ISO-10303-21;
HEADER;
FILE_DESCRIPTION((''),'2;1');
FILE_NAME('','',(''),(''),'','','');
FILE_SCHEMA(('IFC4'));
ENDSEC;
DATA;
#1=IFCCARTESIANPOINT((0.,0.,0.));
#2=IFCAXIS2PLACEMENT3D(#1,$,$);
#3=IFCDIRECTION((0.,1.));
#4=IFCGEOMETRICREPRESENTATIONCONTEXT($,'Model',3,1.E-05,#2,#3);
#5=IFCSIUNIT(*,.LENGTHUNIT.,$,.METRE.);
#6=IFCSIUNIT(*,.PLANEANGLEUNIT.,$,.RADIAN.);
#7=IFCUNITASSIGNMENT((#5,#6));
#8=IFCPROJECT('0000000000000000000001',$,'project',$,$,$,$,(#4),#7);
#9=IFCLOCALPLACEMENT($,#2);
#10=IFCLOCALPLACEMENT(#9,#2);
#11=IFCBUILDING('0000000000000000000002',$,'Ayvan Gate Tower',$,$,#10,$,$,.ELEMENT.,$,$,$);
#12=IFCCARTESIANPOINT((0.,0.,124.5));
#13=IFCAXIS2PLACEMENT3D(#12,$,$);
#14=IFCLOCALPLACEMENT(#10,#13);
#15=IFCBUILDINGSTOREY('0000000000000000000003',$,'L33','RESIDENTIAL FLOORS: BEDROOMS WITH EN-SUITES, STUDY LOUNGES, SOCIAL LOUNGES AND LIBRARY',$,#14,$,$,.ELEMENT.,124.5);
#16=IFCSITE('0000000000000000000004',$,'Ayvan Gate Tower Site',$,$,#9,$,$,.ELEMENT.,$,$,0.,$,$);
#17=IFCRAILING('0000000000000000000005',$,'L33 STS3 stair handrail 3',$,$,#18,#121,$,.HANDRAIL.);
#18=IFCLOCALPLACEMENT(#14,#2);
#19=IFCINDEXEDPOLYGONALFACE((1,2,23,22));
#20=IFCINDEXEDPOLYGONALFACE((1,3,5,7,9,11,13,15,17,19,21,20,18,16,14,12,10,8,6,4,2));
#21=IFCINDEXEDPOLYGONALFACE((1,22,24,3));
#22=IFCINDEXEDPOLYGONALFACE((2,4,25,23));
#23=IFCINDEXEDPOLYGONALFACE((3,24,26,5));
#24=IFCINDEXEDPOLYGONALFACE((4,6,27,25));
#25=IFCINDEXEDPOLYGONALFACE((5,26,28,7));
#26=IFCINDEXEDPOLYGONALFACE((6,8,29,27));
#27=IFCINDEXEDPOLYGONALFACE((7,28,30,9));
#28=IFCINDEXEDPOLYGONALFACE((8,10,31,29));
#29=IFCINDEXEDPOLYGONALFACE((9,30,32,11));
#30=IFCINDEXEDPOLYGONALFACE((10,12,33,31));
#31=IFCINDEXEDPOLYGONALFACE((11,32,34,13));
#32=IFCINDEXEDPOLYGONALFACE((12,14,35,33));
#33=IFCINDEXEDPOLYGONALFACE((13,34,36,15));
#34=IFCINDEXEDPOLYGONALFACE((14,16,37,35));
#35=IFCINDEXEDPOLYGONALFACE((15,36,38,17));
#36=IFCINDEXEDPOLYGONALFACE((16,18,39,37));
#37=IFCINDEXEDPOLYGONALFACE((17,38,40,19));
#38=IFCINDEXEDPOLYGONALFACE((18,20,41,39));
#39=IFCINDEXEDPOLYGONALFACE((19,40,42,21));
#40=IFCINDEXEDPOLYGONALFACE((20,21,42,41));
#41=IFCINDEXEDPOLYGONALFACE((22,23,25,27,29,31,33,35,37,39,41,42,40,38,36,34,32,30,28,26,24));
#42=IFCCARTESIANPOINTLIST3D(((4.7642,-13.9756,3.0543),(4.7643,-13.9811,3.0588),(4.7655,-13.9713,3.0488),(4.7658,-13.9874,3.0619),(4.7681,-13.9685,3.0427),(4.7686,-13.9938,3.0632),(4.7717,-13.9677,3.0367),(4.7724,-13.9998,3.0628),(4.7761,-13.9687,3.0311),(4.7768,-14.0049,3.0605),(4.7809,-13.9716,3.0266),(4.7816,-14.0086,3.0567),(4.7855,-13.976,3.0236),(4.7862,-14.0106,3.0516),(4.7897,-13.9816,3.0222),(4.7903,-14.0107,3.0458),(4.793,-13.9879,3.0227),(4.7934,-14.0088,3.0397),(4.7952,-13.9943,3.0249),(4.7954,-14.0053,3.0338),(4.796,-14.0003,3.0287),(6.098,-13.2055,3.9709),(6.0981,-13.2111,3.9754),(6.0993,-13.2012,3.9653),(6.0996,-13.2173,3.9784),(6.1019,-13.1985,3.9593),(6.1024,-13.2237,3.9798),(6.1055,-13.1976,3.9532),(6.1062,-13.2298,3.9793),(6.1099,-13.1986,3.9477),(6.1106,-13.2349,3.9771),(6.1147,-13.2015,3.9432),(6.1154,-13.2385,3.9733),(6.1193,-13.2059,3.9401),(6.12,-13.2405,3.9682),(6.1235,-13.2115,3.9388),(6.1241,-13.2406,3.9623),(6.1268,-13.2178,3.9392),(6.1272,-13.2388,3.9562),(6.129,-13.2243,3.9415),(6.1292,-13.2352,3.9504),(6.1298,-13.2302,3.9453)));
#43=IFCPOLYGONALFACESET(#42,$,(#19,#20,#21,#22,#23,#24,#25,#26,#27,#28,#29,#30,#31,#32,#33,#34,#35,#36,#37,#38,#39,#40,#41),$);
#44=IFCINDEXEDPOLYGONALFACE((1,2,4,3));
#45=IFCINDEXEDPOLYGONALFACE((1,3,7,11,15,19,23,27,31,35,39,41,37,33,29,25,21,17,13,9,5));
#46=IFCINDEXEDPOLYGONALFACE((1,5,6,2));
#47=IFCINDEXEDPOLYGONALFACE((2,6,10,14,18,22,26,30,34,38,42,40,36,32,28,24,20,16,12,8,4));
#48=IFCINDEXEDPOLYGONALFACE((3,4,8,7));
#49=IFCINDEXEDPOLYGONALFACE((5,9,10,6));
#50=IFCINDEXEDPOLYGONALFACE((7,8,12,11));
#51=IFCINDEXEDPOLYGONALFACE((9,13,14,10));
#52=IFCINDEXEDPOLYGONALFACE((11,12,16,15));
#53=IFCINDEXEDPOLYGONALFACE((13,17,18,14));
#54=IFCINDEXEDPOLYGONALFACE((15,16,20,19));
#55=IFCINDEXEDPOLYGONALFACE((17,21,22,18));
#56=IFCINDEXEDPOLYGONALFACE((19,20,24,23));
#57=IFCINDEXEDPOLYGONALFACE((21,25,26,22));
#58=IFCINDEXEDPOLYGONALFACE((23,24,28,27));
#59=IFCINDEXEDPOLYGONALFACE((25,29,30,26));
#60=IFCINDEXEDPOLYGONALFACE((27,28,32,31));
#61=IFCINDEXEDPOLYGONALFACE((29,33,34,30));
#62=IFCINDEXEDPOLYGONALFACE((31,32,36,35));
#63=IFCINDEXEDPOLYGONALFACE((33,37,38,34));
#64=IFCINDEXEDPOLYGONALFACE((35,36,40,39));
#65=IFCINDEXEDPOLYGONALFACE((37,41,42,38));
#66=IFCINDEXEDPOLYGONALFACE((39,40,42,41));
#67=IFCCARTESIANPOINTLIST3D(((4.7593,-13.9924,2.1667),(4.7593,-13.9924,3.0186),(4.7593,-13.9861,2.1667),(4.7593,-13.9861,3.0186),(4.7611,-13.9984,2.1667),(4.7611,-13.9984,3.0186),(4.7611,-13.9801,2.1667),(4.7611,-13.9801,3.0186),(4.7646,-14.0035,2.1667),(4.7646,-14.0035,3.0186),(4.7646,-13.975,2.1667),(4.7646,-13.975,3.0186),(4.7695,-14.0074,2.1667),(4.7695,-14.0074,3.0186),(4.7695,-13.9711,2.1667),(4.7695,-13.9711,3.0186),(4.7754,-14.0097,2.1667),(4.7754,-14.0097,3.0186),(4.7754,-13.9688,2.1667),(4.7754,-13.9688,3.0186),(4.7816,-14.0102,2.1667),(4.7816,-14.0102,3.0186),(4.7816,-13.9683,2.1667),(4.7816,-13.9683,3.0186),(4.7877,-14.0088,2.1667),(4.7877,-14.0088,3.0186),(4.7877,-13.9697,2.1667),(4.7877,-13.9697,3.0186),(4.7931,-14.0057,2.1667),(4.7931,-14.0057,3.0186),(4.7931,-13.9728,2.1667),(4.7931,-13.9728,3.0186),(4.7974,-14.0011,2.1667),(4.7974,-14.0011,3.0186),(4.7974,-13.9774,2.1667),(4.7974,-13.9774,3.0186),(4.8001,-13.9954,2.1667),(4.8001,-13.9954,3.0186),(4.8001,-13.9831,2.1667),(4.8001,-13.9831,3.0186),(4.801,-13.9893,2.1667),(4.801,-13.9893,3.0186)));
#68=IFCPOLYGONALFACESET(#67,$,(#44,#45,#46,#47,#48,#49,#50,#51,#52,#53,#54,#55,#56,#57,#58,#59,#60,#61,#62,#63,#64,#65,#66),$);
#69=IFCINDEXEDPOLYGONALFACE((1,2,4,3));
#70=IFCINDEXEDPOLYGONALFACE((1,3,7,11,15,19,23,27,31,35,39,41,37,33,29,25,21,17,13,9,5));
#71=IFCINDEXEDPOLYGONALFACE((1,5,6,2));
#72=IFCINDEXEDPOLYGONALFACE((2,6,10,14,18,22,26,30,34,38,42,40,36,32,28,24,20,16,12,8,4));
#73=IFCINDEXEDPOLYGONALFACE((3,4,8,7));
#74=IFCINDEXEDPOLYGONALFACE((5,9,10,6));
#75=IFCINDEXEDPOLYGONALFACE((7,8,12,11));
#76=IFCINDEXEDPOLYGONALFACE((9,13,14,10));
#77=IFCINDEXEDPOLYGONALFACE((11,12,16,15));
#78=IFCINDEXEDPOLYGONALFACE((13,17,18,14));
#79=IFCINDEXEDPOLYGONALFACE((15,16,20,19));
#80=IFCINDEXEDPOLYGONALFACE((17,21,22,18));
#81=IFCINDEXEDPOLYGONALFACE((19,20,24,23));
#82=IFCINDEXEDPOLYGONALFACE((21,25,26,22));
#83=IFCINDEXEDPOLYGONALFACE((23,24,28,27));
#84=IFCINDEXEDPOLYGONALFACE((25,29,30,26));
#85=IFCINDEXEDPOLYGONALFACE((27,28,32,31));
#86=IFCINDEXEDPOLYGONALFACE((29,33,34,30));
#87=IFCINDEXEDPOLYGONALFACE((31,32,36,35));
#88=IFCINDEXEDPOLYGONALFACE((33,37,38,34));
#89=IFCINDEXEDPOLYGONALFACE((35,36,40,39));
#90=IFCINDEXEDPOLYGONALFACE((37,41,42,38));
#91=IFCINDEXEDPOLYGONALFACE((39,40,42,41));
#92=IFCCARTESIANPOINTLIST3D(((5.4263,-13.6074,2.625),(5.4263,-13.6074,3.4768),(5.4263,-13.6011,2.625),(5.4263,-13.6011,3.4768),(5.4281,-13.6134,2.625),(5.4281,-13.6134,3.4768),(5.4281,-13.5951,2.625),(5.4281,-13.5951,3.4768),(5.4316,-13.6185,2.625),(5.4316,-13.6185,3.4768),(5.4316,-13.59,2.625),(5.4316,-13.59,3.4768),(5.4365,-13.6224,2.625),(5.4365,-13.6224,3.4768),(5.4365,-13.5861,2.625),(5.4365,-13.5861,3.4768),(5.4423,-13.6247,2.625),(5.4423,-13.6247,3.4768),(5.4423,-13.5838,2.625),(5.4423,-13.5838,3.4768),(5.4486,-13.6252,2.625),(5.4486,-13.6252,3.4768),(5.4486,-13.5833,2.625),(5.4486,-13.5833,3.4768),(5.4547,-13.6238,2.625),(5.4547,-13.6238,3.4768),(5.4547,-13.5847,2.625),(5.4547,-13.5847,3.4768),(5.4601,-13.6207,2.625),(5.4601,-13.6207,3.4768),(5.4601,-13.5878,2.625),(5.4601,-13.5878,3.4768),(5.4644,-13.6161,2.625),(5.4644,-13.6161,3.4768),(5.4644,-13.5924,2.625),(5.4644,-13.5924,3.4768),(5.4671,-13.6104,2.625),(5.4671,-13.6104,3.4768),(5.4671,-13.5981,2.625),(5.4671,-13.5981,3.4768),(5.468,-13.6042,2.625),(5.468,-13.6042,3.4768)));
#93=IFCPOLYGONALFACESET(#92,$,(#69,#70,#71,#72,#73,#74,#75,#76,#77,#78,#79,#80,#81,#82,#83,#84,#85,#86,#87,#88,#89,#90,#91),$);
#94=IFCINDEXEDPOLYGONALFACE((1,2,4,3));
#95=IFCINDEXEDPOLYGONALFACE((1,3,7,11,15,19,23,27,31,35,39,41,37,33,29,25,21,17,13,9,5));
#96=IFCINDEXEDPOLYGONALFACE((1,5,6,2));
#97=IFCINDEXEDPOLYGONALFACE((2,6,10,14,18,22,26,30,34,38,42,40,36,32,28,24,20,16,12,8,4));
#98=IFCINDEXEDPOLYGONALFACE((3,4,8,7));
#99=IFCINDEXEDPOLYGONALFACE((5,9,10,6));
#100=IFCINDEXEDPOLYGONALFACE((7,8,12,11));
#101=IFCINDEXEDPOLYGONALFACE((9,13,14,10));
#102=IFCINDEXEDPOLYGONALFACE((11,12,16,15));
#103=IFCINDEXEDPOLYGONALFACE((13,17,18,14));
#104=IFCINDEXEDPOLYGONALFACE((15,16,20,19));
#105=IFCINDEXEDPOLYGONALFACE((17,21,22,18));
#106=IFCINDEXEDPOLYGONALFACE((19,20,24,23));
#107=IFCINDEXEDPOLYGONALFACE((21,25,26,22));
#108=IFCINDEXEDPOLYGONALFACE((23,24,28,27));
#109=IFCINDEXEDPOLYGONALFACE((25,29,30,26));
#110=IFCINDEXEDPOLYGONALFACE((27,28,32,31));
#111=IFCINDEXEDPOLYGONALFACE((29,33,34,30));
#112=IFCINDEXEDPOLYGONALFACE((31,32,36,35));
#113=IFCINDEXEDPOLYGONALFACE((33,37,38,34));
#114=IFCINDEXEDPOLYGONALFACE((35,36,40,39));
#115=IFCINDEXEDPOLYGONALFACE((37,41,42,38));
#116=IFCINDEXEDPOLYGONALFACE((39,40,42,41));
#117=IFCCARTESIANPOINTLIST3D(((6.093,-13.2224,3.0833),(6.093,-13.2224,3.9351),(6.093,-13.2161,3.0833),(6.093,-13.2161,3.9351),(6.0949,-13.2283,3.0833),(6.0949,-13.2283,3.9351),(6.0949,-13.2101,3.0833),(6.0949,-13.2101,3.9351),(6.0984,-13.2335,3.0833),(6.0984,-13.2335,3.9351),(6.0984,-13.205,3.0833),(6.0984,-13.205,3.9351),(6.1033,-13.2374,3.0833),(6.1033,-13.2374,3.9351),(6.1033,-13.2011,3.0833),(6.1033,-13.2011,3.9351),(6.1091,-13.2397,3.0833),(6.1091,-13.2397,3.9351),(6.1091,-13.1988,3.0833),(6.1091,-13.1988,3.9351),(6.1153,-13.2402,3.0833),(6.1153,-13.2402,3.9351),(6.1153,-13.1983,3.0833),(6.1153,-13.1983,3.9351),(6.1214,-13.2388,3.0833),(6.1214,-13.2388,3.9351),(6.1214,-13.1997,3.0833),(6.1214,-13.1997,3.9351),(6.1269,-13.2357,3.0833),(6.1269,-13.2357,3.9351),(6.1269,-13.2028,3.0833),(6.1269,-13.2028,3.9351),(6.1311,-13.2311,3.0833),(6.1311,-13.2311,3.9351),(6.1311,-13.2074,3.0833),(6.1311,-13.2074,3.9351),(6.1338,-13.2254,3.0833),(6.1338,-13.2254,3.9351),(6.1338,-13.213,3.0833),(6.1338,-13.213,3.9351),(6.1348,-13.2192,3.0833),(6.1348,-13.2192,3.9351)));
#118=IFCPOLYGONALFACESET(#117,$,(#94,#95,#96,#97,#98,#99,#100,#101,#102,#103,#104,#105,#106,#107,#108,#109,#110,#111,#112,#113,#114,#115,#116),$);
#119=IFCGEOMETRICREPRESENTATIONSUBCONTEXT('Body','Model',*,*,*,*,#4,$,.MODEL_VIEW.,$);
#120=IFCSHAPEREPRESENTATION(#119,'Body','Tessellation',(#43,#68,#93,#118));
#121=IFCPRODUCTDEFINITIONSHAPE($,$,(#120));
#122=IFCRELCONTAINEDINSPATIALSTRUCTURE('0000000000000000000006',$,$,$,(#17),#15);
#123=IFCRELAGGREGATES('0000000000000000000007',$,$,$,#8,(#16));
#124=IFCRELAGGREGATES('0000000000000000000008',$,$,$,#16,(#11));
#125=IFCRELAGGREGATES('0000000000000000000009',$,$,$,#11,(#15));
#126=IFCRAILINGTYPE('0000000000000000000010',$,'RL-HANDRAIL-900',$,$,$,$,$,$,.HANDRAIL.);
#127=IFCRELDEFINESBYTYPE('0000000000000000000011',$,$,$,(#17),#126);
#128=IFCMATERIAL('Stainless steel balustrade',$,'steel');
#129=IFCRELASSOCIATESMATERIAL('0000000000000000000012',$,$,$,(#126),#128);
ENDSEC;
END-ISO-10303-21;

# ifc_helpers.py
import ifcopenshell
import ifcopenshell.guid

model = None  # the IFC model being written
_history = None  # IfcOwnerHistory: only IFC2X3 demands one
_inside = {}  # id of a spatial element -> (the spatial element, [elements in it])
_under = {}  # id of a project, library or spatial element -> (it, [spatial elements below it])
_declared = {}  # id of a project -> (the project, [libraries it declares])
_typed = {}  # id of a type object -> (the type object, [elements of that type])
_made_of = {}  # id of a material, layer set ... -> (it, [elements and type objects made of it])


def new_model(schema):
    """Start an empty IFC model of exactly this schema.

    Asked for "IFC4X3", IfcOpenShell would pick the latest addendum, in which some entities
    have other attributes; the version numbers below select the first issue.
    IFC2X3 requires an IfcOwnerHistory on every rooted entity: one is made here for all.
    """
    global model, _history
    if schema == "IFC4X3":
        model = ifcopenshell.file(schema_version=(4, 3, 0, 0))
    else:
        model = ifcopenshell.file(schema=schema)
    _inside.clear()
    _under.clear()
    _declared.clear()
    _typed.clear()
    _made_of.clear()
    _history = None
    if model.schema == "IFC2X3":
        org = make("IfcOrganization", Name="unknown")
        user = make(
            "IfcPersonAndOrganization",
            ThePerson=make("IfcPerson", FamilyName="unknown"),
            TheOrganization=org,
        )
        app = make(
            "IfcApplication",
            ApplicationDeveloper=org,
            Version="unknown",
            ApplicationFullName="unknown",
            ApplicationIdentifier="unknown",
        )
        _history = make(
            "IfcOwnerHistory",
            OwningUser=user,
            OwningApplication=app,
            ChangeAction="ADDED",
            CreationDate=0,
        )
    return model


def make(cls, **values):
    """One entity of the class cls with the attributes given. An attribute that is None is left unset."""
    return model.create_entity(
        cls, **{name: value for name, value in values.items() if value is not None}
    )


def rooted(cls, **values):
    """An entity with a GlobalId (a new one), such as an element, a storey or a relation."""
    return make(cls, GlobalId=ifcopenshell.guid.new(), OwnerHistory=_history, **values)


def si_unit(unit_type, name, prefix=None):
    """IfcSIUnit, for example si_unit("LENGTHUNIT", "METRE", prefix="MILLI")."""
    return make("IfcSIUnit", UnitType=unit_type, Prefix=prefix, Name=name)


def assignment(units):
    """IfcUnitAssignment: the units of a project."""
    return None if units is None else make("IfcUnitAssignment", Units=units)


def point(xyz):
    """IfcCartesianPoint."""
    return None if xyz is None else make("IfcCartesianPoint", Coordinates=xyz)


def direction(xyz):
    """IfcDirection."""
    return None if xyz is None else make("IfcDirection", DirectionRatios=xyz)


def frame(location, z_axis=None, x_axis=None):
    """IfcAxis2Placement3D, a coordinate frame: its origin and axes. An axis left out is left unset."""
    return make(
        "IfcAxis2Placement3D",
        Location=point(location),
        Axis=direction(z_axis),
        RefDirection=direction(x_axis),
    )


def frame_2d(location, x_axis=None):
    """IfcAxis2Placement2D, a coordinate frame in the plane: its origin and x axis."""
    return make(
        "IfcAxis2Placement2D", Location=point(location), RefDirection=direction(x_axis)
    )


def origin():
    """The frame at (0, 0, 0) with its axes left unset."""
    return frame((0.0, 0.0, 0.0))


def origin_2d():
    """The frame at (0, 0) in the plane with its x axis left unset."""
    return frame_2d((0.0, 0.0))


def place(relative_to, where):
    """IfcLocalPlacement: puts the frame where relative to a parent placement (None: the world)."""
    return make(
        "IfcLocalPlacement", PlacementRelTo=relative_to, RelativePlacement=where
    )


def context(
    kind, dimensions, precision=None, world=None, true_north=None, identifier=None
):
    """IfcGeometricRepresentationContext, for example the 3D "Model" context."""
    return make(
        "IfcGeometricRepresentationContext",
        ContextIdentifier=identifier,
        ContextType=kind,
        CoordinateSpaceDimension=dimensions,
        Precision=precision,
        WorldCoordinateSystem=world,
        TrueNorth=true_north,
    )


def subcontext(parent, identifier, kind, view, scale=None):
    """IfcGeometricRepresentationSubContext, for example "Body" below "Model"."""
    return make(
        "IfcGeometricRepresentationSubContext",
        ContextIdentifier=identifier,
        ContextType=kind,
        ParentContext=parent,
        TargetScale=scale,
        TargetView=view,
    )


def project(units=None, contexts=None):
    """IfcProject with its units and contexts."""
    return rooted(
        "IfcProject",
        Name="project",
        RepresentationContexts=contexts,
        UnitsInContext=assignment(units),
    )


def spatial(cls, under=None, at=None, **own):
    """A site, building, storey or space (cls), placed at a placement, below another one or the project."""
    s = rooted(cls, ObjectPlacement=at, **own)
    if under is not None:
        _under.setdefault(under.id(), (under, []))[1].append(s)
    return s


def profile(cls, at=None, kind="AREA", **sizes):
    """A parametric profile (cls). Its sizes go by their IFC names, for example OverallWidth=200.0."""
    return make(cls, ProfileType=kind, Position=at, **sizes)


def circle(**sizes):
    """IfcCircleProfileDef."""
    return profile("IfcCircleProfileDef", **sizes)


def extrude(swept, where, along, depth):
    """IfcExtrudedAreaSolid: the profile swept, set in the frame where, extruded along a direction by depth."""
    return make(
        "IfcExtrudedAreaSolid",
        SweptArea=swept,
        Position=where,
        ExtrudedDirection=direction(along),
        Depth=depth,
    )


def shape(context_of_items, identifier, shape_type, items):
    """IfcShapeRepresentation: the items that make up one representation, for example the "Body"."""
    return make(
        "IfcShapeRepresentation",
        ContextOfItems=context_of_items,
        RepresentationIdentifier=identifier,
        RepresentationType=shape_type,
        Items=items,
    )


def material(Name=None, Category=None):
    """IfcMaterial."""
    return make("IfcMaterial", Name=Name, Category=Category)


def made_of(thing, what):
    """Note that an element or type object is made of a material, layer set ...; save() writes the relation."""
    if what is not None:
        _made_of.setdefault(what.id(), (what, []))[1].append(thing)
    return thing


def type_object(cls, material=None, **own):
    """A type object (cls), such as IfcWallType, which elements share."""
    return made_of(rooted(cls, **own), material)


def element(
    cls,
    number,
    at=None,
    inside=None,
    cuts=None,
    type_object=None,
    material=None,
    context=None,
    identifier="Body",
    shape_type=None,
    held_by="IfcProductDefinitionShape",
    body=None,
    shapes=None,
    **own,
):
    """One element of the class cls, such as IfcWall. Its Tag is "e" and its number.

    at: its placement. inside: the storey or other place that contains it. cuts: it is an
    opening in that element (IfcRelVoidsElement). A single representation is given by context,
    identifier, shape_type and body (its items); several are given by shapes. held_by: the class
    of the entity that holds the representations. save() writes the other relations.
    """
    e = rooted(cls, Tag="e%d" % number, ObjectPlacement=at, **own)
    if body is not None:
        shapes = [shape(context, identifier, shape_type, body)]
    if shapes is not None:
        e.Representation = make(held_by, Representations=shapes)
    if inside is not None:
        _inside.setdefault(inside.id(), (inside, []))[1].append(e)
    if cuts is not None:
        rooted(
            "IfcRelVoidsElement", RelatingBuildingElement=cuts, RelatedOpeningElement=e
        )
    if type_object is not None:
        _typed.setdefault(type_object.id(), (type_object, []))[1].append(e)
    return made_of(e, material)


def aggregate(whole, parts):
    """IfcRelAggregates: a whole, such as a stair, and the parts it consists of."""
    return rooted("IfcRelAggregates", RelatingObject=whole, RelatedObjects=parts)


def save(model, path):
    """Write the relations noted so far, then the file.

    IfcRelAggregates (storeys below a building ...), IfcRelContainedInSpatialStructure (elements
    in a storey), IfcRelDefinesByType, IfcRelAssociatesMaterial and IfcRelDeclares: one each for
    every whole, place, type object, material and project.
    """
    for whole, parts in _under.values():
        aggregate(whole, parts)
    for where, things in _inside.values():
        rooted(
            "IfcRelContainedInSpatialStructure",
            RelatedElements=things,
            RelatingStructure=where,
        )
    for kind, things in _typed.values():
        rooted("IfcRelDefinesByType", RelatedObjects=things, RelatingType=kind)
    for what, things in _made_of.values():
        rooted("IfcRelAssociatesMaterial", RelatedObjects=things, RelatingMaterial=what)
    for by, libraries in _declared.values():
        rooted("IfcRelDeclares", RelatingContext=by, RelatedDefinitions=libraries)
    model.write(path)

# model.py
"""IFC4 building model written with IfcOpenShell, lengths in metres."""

from ifc_helpers import new_model, si_unit, direction, frame, origin, origin_2d, place, context, subcontext, project, spatial, circle, extrude, material, type_object, element, save


model = new_model("IFC4")

# Units and contexts
model_context = context("Model", 3, precision=1e-05, world=origin(), true_north=direction((0.0, 1.0)))
body_context = subcontext(model_context, "Body", "Model", "MODEL_VIEW")
ifc_project = project(units=[si_unit("LENGTHUNIT", "METRE"), si_unit("PLANEANGLEUNIT", "RADIAN")], contexts=[model_context])

# Site, building, storey
site_placement = place(None, origin())
site = spatial("IfcSite", under=ifc_project, at=site_placement, Name="Ayvan Gate Tower Site", CompositionType="ELEMENT", RefElevation=0.0)
building_placement = place(site_placement, origin())
building = spatial("IfcBuilding", under=site, at=building_placement, Name="Ayvan Gate Tower", CompositionType="ELEMENT")
storey_placement = place(building_placement, frame((0.0, 0.0, 124.5)))
storey = spatial("IfcBuildingStorey", under=building, at=storey_placement, Name="L33", Description="RESIDENTIAL FLOORS: BEDROOMS WITH EN-SUITES, STUDY LOUNGES, SOCIAL LOUNGES AND LIBRARY", CompositionType="ELEMENT", Elevation=124.5)

# Railing
ifc_material_1 = material(Name="Stainless steel balustrade", Category="steel")
railing_type_1 = type_object("IfcRailingType", Name="RL-HANDRAIL-900", PredefinedType="HANDRAIL", material=ifc_material_1)
railing_1_placement = place(storey_placement, frame((4.78, -13.9893, 2.1667)))
element("IfcRailing", 1, at=railing_1_placement, inside=storey, type_object=railing_type_1, Name="L33 STS3 stair handrail 3", PredefinedType="HANDRAIL", context=body_context, shape_type="SweptSolid", body=[
    extrude(circle(Radius=0.0239, at=origin_2d()), frame((0.0, 0.0, 0.876), z_axis=(0.744216, 0.429664, 0.511401), x_axis=(-0.499992, 0.86603, 0.0)), (0.0, 0.0, 1.0), 1.7922),
    extrude(circle(Radius=0.021, at=origin_2d()), origin(), (0.0, 0.0, 1.0), 0.8518),
    extrude(circle(Radius=0.021, at=origin_2d()), frame((0.667, 0.385, 0.4583)), (0.0, 0.0, 1.0), 0.8518),
    extrude(circle(Radius=0.021, at=origin_2d()), frame((1.3337, 0.77, 0.9165)), (0.0, 0.0, 1.0), 0.8518),
])

save(model, "model.ifc")
